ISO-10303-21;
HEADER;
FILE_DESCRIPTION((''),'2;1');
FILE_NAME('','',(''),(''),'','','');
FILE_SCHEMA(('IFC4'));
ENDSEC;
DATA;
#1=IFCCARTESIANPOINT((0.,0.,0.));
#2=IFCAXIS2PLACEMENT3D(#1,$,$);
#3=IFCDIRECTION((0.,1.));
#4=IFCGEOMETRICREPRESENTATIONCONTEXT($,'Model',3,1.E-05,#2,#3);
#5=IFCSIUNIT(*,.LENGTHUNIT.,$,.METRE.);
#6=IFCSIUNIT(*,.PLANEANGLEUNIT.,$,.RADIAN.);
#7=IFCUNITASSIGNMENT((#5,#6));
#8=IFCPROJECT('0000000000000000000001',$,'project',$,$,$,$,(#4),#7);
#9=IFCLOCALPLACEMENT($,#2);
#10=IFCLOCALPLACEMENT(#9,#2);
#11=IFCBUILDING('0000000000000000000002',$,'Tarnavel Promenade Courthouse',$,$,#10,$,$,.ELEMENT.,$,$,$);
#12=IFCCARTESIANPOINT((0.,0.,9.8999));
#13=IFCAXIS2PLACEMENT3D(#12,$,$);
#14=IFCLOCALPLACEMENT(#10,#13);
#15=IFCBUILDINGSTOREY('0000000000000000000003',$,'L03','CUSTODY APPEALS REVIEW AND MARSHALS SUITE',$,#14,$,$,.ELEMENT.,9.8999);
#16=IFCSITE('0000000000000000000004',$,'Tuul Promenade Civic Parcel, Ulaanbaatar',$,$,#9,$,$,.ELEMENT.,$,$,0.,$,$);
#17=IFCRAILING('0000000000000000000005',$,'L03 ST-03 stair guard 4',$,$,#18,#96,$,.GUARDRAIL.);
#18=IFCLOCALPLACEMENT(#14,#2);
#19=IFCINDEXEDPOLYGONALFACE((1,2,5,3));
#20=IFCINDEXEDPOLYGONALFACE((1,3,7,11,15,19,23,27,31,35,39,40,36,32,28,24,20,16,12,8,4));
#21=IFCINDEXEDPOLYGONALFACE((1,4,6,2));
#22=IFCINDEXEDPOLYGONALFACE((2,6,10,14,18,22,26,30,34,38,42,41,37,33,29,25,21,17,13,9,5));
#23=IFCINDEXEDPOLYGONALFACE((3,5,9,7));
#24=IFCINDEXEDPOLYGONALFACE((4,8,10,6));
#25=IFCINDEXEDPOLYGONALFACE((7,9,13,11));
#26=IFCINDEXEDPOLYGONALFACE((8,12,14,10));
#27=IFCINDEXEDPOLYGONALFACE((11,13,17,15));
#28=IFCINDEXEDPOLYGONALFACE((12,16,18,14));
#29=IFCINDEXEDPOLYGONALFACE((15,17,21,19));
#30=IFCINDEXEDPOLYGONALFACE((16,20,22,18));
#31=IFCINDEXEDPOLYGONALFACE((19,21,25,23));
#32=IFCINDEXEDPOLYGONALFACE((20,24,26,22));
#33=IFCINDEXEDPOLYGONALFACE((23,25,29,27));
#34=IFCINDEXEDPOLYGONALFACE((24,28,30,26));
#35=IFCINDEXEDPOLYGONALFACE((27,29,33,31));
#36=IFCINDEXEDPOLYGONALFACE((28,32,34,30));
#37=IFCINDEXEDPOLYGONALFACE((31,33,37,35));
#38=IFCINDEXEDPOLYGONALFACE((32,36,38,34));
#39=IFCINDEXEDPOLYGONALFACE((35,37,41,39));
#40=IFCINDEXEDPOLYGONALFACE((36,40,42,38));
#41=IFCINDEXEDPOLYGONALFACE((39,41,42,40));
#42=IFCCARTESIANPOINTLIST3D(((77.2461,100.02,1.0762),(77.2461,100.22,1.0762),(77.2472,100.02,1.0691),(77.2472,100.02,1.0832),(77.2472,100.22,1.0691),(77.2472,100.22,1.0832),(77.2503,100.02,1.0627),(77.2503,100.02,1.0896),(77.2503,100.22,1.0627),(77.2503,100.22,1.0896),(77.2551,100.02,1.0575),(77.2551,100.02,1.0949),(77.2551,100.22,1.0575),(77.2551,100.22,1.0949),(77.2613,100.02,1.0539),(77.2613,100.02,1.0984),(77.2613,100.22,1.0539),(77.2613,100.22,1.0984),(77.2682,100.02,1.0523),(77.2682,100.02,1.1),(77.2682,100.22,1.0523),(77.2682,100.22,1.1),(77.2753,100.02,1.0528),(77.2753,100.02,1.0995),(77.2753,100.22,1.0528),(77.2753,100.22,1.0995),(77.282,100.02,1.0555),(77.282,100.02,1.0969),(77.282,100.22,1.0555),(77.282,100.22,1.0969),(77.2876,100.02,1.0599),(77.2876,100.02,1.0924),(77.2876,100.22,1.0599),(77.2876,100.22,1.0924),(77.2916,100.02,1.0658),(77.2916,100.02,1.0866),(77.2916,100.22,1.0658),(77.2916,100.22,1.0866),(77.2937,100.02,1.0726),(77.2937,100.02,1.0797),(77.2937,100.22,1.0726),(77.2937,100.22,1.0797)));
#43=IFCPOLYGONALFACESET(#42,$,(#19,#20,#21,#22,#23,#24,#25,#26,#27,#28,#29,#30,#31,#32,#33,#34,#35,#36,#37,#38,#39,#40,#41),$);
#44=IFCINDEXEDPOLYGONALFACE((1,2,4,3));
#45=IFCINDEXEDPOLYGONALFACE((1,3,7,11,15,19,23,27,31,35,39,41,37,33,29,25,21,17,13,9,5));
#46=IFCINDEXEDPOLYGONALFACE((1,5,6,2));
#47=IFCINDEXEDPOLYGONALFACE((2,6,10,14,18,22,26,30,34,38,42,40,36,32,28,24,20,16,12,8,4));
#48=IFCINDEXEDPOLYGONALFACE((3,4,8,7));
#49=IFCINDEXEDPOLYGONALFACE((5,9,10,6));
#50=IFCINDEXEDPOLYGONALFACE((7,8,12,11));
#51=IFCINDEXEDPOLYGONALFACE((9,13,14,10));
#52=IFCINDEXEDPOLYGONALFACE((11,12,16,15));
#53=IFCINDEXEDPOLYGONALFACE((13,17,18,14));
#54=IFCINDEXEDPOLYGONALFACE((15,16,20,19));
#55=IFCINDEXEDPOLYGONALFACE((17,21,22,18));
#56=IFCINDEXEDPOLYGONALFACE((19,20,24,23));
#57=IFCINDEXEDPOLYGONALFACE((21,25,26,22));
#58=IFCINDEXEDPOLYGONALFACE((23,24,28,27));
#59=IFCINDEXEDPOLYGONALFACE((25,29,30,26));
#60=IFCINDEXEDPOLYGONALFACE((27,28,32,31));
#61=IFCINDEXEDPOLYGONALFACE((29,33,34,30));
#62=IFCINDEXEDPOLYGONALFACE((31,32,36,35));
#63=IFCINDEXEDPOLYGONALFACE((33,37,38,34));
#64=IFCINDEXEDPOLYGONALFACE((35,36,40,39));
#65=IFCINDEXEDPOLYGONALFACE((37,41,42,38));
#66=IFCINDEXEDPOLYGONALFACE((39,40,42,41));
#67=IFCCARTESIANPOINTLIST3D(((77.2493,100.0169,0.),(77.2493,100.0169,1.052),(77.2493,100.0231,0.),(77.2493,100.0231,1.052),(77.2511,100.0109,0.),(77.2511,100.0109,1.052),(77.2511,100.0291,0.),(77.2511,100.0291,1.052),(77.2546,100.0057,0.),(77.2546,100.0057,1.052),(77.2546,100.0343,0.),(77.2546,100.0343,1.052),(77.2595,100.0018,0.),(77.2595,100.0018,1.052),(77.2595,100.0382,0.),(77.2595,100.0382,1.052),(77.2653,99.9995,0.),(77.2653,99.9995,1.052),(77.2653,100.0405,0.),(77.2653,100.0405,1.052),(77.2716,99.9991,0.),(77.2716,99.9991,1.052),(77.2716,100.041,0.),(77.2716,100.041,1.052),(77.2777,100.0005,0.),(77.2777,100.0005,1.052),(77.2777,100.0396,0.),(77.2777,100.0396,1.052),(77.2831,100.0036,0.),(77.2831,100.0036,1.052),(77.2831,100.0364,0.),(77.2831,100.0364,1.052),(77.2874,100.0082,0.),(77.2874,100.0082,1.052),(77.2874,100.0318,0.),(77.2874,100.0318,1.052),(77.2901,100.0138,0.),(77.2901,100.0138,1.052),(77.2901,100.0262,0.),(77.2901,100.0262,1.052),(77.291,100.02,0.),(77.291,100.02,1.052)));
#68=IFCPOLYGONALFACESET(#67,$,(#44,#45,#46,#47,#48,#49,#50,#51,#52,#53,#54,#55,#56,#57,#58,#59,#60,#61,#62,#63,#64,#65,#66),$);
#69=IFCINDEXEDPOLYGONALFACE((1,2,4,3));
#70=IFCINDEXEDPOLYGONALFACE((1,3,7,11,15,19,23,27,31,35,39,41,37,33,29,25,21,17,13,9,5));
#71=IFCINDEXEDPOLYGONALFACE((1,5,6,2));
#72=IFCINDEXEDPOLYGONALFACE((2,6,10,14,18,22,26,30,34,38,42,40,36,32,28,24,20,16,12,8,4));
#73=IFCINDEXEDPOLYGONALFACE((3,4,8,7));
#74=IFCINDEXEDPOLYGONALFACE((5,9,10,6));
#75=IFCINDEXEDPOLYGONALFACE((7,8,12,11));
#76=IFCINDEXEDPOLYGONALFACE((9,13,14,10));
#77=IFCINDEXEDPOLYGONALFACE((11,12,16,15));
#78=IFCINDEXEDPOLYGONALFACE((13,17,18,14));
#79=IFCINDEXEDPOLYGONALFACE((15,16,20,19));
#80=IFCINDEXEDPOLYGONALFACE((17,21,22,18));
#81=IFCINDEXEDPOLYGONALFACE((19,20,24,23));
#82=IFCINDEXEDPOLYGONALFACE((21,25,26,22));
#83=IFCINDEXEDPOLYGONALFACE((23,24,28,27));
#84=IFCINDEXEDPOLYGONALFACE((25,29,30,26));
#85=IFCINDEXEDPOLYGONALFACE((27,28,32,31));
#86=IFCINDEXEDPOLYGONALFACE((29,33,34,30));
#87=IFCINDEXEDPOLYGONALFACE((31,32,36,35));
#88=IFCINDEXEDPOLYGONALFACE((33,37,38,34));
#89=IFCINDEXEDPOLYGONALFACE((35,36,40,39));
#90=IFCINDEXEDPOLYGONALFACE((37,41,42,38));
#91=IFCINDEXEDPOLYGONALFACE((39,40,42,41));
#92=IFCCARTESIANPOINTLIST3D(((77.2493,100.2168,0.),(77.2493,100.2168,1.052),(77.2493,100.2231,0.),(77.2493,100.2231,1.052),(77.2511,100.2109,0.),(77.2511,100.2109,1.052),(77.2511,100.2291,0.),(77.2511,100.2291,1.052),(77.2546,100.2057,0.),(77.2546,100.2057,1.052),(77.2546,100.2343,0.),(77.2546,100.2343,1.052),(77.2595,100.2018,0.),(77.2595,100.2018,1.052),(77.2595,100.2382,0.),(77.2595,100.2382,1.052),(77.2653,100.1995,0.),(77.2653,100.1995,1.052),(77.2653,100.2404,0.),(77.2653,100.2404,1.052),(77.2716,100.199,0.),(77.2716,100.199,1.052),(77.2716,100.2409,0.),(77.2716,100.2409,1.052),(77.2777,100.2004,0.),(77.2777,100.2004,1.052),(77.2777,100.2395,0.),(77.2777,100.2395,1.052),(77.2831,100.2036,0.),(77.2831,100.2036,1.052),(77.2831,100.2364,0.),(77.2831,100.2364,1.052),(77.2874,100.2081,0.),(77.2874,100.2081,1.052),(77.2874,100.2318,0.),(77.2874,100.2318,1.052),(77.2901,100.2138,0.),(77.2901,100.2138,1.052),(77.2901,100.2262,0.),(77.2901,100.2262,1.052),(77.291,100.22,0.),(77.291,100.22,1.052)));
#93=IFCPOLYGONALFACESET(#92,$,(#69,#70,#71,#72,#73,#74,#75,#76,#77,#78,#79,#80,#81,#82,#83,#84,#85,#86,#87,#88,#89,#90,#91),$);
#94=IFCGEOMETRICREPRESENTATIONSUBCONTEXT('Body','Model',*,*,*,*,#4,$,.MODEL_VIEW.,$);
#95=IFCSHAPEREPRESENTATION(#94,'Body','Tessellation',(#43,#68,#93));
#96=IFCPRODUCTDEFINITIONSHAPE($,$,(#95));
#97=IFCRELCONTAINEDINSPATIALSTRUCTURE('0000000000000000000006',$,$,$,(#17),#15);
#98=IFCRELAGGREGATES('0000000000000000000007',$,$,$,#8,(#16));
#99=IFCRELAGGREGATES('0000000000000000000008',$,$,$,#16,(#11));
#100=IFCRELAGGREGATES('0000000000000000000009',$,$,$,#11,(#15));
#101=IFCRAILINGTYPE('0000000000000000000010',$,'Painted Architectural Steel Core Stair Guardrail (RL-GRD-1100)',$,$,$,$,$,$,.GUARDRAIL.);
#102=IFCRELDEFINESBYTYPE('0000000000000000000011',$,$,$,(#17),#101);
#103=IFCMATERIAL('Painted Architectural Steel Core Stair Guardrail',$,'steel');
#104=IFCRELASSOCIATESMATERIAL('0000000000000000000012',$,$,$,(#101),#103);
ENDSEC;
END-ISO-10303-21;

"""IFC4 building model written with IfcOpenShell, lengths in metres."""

from ifc_helpers import new_model, si_unit, direction, frame, origin, origin_2d, place, context, subcontext, project, spatial, circle, extrude, material, type_object, element, save


model = new_model("IFC4")

# Units and contexts
model_context = context("Model", 3, precision=1e-05, world=origin(), true_north=direction((0.0, 1.0)))
body_context = subcontext(model_context, "Body", "Model", "MODEL_VIEW")
ifc_project = project(units=[si_unit("LENGTHUNIT", "METRE"), si_unit("PLANEANGLEUNIT", "RADIAN")], contexts=[model_context])

# Site, building, storey
site_placement = place(None, origin())
site = spatial("IfcSite", under=ifc_project, at=site_placement, Name="Tuul Promenade Civic Parcel, Ulaanbaatar", CompositionType="ELEMENT", RefElevation=0.0)
building_placement = place(site_placement, origin())
building = spatial("IfcBuilding", under=site, at=building_placement, Name="Tarnavel Promenade Courthouse", CompositionType="ELEMENT")
storey_placement = place(building_placement, frame((0.0, 0.0, 9.8999)))
storey = spatial("IfcBuildingStorey", under=building, at=storey_placement, Name="L03", Description="CUSTODY APPEALS REVIEW AND MARSHALS SUITE", CompositionType="ELEMENT", Elevation=9.8999)

# Railing
ifc_material_1 = material(Name="Painted Architectural Steel Core Stair Guardrail", Category="steel")
railing_type_1 = type_object("IfcRailingType", Name="Painted Architectural Steel Core Stair Guardrail (RL-GRD-1100)", PredefinedType="GUARDRAIL", material=ifc_material_1)
railing_1_placement = place(storey_placement, frame((77.27, 100.02, 0.0)))
element("IfcRailing", 1, at=railing_1_placement, inside=storey, type_object=railing_type_1, Name="L03 ST-03 stair guard 4", PredefinedType="GUARDRAIL", context=body_context, shape_type="SweptSolid", body=[
    extrude(circle(Radius=0.0239, at=origin_2d()), frame((0.0, 0.0, 1.0762), z_axis=(0.0, 1.0, 0.0), x_axis=(-1.0, 0.0, 0.0)), (0.0, 0.0, 1.0), 0.2),
    extrude(circle(Radius=0.021, at=origin_2d()), origin(), (0.0, 0.0, 1.0), 1.052),
    extrude(circle(Radius=0.021, at=origin_2d()), frame((0.0, 0.2, 0.0)), (0.0, 0.0, 1.0), 1.052),
])

save(model, "model.ifc")
